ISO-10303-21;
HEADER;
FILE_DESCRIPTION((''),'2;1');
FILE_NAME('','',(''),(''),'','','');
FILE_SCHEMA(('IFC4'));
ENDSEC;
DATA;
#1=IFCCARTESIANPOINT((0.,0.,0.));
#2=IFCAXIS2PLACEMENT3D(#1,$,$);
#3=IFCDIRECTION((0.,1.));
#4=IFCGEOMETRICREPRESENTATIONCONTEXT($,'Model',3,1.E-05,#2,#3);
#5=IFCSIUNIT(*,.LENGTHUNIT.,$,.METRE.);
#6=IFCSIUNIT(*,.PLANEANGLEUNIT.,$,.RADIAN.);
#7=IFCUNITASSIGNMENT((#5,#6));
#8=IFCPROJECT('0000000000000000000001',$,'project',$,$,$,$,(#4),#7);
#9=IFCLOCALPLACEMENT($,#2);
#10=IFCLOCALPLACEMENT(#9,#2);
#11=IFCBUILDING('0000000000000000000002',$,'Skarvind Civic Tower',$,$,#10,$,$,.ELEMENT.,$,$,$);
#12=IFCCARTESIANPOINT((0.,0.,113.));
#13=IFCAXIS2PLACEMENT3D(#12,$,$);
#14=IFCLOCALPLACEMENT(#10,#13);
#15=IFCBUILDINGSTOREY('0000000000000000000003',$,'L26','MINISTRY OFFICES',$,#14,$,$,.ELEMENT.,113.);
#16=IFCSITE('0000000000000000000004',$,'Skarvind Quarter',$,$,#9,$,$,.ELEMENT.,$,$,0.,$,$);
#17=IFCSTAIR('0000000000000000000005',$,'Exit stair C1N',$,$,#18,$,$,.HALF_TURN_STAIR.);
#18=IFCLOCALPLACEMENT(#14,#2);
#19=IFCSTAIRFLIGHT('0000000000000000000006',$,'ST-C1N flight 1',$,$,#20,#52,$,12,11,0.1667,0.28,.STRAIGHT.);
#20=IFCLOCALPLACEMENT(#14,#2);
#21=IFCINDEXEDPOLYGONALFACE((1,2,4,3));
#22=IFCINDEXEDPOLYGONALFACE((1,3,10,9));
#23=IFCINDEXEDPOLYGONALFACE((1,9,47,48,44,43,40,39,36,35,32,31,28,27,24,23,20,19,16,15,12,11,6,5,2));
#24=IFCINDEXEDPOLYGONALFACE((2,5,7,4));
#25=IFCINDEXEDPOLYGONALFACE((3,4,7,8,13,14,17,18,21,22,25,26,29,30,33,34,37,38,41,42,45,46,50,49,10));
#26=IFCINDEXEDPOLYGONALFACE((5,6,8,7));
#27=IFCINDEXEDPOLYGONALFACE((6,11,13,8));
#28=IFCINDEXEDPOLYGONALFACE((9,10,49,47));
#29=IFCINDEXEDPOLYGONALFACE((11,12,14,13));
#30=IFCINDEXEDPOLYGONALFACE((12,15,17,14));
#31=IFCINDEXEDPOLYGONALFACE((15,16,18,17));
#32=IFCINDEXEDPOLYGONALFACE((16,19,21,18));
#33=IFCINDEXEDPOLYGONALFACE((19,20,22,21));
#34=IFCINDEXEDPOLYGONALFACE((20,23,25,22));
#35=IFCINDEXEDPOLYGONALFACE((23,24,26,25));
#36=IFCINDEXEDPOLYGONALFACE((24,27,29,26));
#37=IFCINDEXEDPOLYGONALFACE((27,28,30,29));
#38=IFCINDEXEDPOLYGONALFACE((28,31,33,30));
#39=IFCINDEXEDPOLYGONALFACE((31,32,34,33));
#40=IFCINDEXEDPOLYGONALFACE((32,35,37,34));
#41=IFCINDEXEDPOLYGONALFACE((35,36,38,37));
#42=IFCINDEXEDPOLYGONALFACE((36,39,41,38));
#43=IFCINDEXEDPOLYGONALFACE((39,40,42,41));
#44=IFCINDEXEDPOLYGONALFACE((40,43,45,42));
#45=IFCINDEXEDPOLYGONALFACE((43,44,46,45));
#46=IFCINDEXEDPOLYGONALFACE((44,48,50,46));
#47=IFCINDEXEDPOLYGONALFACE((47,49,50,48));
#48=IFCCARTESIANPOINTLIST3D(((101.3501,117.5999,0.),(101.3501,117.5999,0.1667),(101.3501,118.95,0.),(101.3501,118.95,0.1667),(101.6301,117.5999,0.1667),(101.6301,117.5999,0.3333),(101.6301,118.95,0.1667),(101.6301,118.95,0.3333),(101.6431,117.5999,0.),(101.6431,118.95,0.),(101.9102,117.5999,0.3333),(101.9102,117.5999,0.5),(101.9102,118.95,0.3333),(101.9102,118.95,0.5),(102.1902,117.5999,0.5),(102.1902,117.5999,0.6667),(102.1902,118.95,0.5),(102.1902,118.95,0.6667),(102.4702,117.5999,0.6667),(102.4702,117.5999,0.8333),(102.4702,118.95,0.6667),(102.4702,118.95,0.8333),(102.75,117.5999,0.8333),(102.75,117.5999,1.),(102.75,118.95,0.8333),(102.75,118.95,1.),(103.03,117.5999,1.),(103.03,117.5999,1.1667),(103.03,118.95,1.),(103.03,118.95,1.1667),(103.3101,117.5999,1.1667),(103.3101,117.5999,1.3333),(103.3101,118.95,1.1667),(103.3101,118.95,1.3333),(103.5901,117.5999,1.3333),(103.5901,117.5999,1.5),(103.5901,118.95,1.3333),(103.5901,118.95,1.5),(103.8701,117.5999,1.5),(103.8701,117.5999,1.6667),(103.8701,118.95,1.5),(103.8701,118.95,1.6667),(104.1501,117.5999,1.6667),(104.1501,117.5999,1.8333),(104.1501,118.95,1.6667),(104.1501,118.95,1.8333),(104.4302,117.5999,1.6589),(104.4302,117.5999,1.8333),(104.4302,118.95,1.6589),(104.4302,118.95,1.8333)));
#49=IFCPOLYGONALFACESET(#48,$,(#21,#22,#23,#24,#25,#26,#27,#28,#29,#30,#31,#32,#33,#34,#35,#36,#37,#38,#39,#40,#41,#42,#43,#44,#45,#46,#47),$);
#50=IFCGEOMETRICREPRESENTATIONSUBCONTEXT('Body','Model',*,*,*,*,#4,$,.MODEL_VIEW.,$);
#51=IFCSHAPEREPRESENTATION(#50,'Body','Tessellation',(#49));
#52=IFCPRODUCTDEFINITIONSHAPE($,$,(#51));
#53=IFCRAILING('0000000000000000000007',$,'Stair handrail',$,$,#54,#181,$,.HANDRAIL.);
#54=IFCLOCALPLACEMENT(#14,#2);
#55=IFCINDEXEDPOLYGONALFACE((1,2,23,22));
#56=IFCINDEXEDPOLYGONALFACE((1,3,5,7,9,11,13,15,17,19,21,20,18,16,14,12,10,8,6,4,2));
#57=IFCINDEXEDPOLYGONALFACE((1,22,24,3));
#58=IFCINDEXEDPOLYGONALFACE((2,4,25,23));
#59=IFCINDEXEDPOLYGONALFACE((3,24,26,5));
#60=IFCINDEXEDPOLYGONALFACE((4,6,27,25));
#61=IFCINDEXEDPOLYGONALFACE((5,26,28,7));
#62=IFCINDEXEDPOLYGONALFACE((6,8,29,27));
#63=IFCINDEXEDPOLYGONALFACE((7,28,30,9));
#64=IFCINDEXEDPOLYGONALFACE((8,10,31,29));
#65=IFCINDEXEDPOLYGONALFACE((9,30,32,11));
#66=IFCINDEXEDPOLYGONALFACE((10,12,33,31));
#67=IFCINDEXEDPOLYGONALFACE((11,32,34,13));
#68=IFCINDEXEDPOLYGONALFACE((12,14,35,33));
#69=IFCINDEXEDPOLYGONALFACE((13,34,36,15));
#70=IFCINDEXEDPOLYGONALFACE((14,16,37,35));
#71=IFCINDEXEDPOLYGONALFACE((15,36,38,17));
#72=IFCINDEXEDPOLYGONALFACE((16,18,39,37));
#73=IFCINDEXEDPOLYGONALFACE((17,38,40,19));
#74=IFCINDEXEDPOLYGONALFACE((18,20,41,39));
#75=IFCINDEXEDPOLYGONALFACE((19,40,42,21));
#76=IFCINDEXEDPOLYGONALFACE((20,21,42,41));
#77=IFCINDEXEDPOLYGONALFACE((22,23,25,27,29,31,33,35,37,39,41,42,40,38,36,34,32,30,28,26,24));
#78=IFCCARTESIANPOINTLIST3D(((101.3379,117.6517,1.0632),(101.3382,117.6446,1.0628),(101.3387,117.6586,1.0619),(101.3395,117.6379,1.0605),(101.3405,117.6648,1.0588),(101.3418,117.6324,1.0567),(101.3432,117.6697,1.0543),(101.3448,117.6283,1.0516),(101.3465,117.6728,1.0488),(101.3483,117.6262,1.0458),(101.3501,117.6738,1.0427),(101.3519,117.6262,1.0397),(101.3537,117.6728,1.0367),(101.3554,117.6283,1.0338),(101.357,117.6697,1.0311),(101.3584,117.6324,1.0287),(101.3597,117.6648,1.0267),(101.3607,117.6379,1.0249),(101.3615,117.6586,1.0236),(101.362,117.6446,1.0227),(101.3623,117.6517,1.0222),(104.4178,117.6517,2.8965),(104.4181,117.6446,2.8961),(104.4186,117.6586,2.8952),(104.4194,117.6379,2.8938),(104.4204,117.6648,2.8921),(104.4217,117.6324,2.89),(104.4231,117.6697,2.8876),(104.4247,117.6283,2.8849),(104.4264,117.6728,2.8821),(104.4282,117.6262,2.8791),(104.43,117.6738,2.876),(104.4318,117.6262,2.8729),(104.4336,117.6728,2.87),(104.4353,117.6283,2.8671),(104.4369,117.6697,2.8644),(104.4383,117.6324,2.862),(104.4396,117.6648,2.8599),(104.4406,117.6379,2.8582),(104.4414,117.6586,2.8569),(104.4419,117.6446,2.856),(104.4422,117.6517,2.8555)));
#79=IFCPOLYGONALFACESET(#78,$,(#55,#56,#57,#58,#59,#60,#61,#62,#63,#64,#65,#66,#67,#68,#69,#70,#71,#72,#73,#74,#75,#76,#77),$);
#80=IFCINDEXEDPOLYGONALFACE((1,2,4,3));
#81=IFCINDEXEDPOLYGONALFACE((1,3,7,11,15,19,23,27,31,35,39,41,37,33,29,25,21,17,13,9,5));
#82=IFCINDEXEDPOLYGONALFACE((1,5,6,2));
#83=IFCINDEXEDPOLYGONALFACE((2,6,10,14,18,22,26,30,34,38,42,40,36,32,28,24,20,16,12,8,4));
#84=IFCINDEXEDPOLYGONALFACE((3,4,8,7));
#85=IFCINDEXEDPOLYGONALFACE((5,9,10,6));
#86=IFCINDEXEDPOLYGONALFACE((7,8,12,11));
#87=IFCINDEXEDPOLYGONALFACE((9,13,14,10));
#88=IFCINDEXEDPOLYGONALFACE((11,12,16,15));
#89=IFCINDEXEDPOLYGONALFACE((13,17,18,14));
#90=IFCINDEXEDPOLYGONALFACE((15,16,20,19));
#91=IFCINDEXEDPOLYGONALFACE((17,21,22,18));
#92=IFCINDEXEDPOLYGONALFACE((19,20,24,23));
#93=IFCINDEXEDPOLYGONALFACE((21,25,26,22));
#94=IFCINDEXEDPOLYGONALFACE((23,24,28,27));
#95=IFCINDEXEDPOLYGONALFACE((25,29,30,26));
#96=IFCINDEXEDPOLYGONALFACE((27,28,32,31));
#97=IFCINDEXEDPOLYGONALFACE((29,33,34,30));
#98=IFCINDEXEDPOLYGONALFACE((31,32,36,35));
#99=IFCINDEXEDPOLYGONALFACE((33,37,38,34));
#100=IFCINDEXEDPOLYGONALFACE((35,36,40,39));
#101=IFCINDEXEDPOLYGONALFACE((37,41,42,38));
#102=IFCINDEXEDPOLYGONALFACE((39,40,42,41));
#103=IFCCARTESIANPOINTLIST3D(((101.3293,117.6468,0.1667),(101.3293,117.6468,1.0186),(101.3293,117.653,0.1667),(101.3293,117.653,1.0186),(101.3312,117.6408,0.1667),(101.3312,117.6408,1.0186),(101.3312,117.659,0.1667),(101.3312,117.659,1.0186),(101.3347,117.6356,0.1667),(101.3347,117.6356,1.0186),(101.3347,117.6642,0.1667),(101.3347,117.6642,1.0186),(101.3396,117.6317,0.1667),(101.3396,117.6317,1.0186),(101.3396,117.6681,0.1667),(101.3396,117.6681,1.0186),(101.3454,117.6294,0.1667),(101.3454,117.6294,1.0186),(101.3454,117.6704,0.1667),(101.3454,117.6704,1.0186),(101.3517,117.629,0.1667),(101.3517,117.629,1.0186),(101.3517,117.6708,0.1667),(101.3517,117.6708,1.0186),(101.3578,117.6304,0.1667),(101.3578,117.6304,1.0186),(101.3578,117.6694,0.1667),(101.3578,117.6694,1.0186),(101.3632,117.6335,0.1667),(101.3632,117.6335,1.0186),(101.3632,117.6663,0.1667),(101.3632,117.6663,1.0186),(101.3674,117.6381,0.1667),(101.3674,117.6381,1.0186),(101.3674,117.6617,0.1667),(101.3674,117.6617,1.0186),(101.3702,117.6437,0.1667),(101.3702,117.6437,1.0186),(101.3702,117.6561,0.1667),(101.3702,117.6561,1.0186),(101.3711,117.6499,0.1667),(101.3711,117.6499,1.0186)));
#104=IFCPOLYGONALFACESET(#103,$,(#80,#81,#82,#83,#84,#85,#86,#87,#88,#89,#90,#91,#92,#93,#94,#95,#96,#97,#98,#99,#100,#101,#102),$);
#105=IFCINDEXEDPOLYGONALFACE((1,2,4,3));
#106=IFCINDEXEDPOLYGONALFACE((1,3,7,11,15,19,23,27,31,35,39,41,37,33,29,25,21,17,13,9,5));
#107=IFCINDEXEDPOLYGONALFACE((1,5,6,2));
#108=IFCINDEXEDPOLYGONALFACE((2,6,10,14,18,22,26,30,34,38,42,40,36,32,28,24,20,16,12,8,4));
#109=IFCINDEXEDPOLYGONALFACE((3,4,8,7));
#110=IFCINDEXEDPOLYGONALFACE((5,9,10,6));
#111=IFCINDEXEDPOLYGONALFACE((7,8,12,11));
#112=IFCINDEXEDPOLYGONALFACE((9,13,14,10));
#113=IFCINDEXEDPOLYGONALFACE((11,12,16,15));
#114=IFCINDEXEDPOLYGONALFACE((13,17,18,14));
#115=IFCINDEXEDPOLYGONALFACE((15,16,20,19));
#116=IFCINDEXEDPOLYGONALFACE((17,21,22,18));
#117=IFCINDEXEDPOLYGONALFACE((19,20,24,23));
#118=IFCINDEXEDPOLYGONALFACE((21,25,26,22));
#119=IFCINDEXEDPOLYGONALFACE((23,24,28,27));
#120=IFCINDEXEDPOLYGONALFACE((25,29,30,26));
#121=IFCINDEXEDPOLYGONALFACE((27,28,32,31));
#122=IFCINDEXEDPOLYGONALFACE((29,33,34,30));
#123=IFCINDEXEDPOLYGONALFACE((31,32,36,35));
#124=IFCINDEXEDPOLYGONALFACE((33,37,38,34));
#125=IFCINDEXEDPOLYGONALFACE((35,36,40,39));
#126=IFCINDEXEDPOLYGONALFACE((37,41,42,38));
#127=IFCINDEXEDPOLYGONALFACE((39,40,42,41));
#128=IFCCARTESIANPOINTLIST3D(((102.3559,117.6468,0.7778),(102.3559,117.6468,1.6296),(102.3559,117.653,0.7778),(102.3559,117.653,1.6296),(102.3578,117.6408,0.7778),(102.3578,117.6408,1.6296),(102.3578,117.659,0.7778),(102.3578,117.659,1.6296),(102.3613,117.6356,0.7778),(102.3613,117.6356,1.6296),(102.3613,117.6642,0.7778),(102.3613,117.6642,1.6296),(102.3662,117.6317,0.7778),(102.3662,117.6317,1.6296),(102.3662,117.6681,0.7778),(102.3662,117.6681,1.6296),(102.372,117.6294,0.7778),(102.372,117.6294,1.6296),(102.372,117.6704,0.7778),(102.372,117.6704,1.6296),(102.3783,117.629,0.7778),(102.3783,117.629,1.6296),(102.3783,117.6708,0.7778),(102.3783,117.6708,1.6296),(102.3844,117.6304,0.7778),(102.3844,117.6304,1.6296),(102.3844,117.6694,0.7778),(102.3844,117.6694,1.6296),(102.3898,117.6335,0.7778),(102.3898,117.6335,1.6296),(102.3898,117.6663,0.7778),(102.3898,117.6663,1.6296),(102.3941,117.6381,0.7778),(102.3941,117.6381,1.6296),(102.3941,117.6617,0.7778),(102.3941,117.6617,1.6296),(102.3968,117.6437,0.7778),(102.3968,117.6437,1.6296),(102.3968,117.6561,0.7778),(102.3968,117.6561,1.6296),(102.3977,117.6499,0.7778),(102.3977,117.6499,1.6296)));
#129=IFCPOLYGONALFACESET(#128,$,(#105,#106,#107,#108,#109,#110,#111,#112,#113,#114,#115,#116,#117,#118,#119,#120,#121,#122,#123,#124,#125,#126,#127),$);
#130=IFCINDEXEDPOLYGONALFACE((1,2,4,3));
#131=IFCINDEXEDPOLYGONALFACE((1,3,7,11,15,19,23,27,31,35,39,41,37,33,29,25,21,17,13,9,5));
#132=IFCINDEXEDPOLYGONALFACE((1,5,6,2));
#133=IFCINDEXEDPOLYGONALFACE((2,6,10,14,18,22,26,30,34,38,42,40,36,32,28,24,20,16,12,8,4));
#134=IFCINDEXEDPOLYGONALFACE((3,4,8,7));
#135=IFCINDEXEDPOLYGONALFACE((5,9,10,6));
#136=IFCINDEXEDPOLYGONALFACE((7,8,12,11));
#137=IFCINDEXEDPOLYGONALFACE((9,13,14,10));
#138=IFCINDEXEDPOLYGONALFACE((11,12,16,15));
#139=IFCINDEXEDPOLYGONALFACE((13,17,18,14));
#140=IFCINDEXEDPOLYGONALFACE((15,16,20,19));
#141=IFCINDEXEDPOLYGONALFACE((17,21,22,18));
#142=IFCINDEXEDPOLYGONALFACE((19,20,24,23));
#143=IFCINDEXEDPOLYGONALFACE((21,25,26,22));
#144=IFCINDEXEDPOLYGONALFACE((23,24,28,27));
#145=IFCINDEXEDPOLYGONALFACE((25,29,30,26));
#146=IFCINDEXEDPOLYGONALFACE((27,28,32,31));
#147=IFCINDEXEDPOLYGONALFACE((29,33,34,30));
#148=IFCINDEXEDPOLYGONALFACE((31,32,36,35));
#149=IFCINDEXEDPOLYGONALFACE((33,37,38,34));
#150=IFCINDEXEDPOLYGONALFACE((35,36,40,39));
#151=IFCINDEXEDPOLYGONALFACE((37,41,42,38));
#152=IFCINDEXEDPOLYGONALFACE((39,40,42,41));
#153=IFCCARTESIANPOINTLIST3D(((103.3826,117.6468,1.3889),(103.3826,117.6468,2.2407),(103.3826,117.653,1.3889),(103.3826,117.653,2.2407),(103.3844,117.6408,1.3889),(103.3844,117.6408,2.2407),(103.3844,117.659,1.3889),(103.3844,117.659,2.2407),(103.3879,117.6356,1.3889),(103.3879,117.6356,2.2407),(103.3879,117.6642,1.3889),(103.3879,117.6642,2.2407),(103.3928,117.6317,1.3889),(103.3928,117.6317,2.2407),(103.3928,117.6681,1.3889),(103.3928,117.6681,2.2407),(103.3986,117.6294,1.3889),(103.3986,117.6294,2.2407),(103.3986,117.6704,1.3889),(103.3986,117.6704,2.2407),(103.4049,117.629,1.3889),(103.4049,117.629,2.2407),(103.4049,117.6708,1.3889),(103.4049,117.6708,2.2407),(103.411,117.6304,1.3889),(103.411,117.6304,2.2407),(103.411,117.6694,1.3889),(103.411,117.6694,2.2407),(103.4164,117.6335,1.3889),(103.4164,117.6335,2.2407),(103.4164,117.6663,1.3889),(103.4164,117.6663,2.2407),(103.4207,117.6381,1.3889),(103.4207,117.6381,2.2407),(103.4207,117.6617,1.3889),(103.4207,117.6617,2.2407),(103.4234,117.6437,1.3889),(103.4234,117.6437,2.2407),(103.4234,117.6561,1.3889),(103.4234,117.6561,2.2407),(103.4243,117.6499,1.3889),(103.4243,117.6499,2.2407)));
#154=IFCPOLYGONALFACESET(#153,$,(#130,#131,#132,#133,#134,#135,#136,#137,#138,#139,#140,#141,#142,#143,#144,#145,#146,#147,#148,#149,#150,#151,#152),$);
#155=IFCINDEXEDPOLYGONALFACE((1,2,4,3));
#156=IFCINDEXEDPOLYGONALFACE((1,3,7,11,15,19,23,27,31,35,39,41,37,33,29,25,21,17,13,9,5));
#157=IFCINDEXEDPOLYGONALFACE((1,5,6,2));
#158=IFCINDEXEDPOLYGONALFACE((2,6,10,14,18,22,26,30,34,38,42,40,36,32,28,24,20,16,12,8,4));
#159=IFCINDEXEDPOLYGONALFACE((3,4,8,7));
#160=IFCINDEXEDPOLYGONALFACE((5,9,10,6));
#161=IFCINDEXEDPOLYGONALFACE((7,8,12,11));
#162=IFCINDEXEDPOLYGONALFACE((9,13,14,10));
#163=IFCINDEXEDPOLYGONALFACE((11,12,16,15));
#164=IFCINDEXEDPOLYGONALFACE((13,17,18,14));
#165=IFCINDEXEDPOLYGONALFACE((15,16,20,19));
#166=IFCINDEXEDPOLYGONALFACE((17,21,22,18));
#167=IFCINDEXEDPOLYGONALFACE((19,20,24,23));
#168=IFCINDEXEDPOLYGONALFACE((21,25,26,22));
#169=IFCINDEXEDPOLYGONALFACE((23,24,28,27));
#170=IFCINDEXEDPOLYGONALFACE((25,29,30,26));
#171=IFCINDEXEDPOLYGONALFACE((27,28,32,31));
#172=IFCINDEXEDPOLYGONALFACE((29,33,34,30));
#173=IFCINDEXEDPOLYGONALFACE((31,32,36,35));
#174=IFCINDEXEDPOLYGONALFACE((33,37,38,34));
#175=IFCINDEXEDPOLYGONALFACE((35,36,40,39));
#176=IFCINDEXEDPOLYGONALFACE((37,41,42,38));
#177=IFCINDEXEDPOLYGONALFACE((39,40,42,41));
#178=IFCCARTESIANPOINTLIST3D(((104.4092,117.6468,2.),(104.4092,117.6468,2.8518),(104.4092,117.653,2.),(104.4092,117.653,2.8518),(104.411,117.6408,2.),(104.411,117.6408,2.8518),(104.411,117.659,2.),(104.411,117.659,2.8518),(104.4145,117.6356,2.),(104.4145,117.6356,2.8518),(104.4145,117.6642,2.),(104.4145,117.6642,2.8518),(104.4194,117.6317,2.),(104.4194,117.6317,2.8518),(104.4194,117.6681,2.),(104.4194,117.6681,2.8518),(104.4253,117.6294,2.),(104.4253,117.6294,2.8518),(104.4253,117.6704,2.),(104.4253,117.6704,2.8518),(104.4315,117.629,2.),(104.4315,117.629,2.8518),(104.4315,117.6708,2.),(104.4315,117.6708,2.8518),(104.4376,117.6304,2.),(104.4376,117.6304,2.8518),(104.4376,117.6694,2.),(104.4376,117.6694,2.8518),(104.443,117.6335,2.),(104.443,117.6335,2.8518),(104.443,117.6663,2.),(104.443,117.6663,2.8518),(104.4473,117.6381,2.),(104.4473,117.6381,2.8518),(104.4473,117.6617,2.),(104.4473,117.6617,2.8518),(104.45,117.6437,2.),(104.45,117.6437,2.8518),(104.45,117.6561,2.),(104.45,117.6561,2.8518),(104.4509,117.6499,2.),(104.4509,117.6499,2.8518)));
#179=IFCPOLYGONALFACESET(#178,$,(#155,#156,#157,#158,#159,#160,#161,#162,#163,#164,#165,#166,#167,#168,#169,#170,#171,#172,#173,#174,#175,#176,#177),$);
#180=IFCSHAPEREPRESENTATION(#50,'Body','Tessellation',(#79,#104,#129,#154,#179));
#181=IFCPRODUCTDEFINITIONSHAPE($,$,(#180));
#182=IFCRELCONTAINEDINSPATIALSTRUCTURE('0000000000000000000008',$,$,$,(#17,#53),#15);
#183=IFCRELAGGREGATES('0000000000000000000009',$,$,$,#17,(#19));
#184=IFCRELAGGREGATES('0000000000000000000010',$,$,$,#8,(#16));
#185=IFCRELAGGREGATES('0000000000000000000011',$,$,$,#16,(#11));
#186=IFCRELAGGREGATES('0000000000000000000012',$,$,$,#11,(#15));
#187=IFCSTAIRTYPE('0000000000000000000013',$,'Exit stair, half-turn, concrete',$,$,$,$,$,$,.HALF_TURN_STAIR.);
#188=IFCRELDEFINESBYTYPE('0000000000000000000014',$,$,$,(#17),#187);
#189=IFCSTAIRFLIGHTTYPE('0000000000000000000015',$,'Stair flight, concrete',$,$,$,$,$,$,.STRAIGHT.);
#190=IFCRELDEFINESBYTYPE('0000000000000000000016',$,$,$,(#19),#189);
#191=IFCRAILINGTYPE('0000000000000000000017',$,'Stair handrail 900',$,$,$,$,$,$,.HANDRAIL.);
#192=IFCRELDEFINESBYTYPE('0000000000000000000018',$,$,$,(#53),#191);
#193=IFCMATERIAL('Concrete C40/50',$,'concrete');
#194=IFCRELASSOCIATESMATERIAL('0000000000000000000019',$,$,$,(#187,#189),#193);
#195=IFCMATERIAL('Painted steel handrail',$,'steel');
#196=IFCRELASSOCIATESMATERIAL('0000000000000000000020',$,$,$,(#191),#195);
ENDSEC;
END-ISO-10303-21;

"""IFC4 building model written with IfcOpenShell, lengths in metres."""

from ifc_helpers import new_model, si_unit, direction, frame, origin, origin_2d, place, context, subcontext, project, spatial, polyline, circle, outline, extrude, material, type_object, element, aggregate, save


model = new_model("IFC4")

# Units and contexts
model_context = context("Model", 3, precision=1e-05, world=origin(), true_north=direction((0.0, 1.0)))
body_context = subcontext(model_context, "Body", "Model", "MODEL_VIEW")
ifc_project = project(units=[si_unit("LENGTHUNIT", "METRE"), si_unit("PLANEANGLEUNIT", "RADIAN")], contexts=[model_context])

# Site, building, storey
site_placement = place(None, origin())
site = spatial("IfcSite", under=ifc_project, at=site_placement, Name="Skarvind Quarter", CompositionType="ELEMENT", RefElevation=0.0)
building_placement = place(site_placement, origin())
building = spatial("IfcBuilding", under=site, at=building_placement, Name="Skarvind Civic Tower", CompositionType="ELEMENT")
storey_placement = place(building_placement, frame((0.0, 0.0, 113.0)))
storey = spatial("IfcBuildingStorey", under=building, at=storey_placement, Name="L26", Description="MINISTRY OFFICES", CompositionType="ELEMENT", Elevation=113.0)

# Stair, stair flight
ifc_material_1 = material(Name="Concrete C40/50", Category="concrete")
stair_type = type_object("IfcStairType", Name="Exit stair, half-turn, concrete", PredefinedType="HALF_TURN_STAIR", material=ifc_material_1)
stair_placement = place(storey_placement, origin())
stair = element("IfcStair", 1, at=stair_placement, inside=storey, type_object=stair_type, Name="Exit stair C1N", PredefinedType="HALF_TURN_STAIR")
stair_flight_type = type_object("IfcStairFlightType", Name="Stair flight, concrete", PredefinedType="STRAIGHT", material=ifc_material_1)
stair_flight_placement = place(storey_placement, frame((101.3501, 118.2749, 0.0), z_axis=(0.0, 0.0, 1.0), x_axis=(1.0, 0.0, 0.0)))
stair_flight = element("IfcStairFlight", 2, at=stair_flight_placement, type_object=stair_flight_type, Name="ST-C1N flight 1", NumberOfRisers=12, NumberOfTreads=11, PredefinedType="STRAIGHT", RiserHeight=0.1667, TreadLength=0.28, context=body_context, shape_type="SweptSolid", body=[
    extrude(outline(polyline([(0.0, 0.0), (0.0, 0.1667), (0.28, 0.1667), (0.28, 0.3333), (0.5601, 0.3333), (0.5601, 0.5), (0.8401, 0.5), (0.8401, 0.6667), (1.1201, 0.6667), (1.1201, 0.8333), (1.3999, 0.8333), (1.3999, 1.0), (1.6799, 1.0), (1.6799, 1.1667), (1.96, 1.1667), (1.96, 1.3333), (2.24, 1.3333), (2.24, 1.5), (2.52, 1.5), (2.52, 1.6667), (2.8, 1.6667), (2.8, 1.8333), (3.0801, 1.8333), (3.0801, 2.0), (3.0801, 1.6589), (0.293, 0.0), (0.0, 0.0)])), frame((0.0, 0.675, 0.0), z_axis=(0.0, -1.0, 0.0), x_axis=(1.0, 0.0, 0.0)), (0.0, 0.0, 1.0), 1.3501),
])
aggregate(stair, [stair_flight])

# Railing
ifc_material_2 = material(Name="Painted steel handrail", Category="steel")
railing_type = type_object("IfcRailingType", Name="Stair handrail 900", PredefinedType="HANDRAIL", material=ifc_material_2)
railing_placement = place(storey_placement, frame((101.3501, 117.6499, 0.1667)))
element("IfcRailing", 3, at=railing_placement, inside=storey, type_object=railing_type, Name="Stair handrail", PredefinedType="HANDRAIL", context=body_context, shape_type="SweptSolid", body=[
    extrude(circle(Radius=0.0239, at=origin_2d()), frame((0.0, 0.0, 0.876), z_axis=(0.859291, 0.0, 0.511487), x_axis=(0.0, 1.0, 0.0)), (0.0, 0.0, 1.0), 3.5842),
    extrude(circle(Radius=0.021, at=origin_2d()), origin(), (0.0, 0.0, 1.0), 0.8518),
    extrude(circle(Radius=0.021, at=origin_2d()), frame((1.0266, 0.0, 0.6111)), (0.0, 0.0, 1.0), 0.8518),
    extrude(circle(Radius=0.021, at=origin_2d()), frame((2.0532, 0.0, 1.2222)), (0.0, 0.0, 1.0), 0.8518),
    extrude(circle(Radius=0.021, at=origin_2d()), frame((3.0798, 0.0, 1.8333)), (0.0, 0.0, 1.0), 0.8518),
])

save(model, "model.ifc")
